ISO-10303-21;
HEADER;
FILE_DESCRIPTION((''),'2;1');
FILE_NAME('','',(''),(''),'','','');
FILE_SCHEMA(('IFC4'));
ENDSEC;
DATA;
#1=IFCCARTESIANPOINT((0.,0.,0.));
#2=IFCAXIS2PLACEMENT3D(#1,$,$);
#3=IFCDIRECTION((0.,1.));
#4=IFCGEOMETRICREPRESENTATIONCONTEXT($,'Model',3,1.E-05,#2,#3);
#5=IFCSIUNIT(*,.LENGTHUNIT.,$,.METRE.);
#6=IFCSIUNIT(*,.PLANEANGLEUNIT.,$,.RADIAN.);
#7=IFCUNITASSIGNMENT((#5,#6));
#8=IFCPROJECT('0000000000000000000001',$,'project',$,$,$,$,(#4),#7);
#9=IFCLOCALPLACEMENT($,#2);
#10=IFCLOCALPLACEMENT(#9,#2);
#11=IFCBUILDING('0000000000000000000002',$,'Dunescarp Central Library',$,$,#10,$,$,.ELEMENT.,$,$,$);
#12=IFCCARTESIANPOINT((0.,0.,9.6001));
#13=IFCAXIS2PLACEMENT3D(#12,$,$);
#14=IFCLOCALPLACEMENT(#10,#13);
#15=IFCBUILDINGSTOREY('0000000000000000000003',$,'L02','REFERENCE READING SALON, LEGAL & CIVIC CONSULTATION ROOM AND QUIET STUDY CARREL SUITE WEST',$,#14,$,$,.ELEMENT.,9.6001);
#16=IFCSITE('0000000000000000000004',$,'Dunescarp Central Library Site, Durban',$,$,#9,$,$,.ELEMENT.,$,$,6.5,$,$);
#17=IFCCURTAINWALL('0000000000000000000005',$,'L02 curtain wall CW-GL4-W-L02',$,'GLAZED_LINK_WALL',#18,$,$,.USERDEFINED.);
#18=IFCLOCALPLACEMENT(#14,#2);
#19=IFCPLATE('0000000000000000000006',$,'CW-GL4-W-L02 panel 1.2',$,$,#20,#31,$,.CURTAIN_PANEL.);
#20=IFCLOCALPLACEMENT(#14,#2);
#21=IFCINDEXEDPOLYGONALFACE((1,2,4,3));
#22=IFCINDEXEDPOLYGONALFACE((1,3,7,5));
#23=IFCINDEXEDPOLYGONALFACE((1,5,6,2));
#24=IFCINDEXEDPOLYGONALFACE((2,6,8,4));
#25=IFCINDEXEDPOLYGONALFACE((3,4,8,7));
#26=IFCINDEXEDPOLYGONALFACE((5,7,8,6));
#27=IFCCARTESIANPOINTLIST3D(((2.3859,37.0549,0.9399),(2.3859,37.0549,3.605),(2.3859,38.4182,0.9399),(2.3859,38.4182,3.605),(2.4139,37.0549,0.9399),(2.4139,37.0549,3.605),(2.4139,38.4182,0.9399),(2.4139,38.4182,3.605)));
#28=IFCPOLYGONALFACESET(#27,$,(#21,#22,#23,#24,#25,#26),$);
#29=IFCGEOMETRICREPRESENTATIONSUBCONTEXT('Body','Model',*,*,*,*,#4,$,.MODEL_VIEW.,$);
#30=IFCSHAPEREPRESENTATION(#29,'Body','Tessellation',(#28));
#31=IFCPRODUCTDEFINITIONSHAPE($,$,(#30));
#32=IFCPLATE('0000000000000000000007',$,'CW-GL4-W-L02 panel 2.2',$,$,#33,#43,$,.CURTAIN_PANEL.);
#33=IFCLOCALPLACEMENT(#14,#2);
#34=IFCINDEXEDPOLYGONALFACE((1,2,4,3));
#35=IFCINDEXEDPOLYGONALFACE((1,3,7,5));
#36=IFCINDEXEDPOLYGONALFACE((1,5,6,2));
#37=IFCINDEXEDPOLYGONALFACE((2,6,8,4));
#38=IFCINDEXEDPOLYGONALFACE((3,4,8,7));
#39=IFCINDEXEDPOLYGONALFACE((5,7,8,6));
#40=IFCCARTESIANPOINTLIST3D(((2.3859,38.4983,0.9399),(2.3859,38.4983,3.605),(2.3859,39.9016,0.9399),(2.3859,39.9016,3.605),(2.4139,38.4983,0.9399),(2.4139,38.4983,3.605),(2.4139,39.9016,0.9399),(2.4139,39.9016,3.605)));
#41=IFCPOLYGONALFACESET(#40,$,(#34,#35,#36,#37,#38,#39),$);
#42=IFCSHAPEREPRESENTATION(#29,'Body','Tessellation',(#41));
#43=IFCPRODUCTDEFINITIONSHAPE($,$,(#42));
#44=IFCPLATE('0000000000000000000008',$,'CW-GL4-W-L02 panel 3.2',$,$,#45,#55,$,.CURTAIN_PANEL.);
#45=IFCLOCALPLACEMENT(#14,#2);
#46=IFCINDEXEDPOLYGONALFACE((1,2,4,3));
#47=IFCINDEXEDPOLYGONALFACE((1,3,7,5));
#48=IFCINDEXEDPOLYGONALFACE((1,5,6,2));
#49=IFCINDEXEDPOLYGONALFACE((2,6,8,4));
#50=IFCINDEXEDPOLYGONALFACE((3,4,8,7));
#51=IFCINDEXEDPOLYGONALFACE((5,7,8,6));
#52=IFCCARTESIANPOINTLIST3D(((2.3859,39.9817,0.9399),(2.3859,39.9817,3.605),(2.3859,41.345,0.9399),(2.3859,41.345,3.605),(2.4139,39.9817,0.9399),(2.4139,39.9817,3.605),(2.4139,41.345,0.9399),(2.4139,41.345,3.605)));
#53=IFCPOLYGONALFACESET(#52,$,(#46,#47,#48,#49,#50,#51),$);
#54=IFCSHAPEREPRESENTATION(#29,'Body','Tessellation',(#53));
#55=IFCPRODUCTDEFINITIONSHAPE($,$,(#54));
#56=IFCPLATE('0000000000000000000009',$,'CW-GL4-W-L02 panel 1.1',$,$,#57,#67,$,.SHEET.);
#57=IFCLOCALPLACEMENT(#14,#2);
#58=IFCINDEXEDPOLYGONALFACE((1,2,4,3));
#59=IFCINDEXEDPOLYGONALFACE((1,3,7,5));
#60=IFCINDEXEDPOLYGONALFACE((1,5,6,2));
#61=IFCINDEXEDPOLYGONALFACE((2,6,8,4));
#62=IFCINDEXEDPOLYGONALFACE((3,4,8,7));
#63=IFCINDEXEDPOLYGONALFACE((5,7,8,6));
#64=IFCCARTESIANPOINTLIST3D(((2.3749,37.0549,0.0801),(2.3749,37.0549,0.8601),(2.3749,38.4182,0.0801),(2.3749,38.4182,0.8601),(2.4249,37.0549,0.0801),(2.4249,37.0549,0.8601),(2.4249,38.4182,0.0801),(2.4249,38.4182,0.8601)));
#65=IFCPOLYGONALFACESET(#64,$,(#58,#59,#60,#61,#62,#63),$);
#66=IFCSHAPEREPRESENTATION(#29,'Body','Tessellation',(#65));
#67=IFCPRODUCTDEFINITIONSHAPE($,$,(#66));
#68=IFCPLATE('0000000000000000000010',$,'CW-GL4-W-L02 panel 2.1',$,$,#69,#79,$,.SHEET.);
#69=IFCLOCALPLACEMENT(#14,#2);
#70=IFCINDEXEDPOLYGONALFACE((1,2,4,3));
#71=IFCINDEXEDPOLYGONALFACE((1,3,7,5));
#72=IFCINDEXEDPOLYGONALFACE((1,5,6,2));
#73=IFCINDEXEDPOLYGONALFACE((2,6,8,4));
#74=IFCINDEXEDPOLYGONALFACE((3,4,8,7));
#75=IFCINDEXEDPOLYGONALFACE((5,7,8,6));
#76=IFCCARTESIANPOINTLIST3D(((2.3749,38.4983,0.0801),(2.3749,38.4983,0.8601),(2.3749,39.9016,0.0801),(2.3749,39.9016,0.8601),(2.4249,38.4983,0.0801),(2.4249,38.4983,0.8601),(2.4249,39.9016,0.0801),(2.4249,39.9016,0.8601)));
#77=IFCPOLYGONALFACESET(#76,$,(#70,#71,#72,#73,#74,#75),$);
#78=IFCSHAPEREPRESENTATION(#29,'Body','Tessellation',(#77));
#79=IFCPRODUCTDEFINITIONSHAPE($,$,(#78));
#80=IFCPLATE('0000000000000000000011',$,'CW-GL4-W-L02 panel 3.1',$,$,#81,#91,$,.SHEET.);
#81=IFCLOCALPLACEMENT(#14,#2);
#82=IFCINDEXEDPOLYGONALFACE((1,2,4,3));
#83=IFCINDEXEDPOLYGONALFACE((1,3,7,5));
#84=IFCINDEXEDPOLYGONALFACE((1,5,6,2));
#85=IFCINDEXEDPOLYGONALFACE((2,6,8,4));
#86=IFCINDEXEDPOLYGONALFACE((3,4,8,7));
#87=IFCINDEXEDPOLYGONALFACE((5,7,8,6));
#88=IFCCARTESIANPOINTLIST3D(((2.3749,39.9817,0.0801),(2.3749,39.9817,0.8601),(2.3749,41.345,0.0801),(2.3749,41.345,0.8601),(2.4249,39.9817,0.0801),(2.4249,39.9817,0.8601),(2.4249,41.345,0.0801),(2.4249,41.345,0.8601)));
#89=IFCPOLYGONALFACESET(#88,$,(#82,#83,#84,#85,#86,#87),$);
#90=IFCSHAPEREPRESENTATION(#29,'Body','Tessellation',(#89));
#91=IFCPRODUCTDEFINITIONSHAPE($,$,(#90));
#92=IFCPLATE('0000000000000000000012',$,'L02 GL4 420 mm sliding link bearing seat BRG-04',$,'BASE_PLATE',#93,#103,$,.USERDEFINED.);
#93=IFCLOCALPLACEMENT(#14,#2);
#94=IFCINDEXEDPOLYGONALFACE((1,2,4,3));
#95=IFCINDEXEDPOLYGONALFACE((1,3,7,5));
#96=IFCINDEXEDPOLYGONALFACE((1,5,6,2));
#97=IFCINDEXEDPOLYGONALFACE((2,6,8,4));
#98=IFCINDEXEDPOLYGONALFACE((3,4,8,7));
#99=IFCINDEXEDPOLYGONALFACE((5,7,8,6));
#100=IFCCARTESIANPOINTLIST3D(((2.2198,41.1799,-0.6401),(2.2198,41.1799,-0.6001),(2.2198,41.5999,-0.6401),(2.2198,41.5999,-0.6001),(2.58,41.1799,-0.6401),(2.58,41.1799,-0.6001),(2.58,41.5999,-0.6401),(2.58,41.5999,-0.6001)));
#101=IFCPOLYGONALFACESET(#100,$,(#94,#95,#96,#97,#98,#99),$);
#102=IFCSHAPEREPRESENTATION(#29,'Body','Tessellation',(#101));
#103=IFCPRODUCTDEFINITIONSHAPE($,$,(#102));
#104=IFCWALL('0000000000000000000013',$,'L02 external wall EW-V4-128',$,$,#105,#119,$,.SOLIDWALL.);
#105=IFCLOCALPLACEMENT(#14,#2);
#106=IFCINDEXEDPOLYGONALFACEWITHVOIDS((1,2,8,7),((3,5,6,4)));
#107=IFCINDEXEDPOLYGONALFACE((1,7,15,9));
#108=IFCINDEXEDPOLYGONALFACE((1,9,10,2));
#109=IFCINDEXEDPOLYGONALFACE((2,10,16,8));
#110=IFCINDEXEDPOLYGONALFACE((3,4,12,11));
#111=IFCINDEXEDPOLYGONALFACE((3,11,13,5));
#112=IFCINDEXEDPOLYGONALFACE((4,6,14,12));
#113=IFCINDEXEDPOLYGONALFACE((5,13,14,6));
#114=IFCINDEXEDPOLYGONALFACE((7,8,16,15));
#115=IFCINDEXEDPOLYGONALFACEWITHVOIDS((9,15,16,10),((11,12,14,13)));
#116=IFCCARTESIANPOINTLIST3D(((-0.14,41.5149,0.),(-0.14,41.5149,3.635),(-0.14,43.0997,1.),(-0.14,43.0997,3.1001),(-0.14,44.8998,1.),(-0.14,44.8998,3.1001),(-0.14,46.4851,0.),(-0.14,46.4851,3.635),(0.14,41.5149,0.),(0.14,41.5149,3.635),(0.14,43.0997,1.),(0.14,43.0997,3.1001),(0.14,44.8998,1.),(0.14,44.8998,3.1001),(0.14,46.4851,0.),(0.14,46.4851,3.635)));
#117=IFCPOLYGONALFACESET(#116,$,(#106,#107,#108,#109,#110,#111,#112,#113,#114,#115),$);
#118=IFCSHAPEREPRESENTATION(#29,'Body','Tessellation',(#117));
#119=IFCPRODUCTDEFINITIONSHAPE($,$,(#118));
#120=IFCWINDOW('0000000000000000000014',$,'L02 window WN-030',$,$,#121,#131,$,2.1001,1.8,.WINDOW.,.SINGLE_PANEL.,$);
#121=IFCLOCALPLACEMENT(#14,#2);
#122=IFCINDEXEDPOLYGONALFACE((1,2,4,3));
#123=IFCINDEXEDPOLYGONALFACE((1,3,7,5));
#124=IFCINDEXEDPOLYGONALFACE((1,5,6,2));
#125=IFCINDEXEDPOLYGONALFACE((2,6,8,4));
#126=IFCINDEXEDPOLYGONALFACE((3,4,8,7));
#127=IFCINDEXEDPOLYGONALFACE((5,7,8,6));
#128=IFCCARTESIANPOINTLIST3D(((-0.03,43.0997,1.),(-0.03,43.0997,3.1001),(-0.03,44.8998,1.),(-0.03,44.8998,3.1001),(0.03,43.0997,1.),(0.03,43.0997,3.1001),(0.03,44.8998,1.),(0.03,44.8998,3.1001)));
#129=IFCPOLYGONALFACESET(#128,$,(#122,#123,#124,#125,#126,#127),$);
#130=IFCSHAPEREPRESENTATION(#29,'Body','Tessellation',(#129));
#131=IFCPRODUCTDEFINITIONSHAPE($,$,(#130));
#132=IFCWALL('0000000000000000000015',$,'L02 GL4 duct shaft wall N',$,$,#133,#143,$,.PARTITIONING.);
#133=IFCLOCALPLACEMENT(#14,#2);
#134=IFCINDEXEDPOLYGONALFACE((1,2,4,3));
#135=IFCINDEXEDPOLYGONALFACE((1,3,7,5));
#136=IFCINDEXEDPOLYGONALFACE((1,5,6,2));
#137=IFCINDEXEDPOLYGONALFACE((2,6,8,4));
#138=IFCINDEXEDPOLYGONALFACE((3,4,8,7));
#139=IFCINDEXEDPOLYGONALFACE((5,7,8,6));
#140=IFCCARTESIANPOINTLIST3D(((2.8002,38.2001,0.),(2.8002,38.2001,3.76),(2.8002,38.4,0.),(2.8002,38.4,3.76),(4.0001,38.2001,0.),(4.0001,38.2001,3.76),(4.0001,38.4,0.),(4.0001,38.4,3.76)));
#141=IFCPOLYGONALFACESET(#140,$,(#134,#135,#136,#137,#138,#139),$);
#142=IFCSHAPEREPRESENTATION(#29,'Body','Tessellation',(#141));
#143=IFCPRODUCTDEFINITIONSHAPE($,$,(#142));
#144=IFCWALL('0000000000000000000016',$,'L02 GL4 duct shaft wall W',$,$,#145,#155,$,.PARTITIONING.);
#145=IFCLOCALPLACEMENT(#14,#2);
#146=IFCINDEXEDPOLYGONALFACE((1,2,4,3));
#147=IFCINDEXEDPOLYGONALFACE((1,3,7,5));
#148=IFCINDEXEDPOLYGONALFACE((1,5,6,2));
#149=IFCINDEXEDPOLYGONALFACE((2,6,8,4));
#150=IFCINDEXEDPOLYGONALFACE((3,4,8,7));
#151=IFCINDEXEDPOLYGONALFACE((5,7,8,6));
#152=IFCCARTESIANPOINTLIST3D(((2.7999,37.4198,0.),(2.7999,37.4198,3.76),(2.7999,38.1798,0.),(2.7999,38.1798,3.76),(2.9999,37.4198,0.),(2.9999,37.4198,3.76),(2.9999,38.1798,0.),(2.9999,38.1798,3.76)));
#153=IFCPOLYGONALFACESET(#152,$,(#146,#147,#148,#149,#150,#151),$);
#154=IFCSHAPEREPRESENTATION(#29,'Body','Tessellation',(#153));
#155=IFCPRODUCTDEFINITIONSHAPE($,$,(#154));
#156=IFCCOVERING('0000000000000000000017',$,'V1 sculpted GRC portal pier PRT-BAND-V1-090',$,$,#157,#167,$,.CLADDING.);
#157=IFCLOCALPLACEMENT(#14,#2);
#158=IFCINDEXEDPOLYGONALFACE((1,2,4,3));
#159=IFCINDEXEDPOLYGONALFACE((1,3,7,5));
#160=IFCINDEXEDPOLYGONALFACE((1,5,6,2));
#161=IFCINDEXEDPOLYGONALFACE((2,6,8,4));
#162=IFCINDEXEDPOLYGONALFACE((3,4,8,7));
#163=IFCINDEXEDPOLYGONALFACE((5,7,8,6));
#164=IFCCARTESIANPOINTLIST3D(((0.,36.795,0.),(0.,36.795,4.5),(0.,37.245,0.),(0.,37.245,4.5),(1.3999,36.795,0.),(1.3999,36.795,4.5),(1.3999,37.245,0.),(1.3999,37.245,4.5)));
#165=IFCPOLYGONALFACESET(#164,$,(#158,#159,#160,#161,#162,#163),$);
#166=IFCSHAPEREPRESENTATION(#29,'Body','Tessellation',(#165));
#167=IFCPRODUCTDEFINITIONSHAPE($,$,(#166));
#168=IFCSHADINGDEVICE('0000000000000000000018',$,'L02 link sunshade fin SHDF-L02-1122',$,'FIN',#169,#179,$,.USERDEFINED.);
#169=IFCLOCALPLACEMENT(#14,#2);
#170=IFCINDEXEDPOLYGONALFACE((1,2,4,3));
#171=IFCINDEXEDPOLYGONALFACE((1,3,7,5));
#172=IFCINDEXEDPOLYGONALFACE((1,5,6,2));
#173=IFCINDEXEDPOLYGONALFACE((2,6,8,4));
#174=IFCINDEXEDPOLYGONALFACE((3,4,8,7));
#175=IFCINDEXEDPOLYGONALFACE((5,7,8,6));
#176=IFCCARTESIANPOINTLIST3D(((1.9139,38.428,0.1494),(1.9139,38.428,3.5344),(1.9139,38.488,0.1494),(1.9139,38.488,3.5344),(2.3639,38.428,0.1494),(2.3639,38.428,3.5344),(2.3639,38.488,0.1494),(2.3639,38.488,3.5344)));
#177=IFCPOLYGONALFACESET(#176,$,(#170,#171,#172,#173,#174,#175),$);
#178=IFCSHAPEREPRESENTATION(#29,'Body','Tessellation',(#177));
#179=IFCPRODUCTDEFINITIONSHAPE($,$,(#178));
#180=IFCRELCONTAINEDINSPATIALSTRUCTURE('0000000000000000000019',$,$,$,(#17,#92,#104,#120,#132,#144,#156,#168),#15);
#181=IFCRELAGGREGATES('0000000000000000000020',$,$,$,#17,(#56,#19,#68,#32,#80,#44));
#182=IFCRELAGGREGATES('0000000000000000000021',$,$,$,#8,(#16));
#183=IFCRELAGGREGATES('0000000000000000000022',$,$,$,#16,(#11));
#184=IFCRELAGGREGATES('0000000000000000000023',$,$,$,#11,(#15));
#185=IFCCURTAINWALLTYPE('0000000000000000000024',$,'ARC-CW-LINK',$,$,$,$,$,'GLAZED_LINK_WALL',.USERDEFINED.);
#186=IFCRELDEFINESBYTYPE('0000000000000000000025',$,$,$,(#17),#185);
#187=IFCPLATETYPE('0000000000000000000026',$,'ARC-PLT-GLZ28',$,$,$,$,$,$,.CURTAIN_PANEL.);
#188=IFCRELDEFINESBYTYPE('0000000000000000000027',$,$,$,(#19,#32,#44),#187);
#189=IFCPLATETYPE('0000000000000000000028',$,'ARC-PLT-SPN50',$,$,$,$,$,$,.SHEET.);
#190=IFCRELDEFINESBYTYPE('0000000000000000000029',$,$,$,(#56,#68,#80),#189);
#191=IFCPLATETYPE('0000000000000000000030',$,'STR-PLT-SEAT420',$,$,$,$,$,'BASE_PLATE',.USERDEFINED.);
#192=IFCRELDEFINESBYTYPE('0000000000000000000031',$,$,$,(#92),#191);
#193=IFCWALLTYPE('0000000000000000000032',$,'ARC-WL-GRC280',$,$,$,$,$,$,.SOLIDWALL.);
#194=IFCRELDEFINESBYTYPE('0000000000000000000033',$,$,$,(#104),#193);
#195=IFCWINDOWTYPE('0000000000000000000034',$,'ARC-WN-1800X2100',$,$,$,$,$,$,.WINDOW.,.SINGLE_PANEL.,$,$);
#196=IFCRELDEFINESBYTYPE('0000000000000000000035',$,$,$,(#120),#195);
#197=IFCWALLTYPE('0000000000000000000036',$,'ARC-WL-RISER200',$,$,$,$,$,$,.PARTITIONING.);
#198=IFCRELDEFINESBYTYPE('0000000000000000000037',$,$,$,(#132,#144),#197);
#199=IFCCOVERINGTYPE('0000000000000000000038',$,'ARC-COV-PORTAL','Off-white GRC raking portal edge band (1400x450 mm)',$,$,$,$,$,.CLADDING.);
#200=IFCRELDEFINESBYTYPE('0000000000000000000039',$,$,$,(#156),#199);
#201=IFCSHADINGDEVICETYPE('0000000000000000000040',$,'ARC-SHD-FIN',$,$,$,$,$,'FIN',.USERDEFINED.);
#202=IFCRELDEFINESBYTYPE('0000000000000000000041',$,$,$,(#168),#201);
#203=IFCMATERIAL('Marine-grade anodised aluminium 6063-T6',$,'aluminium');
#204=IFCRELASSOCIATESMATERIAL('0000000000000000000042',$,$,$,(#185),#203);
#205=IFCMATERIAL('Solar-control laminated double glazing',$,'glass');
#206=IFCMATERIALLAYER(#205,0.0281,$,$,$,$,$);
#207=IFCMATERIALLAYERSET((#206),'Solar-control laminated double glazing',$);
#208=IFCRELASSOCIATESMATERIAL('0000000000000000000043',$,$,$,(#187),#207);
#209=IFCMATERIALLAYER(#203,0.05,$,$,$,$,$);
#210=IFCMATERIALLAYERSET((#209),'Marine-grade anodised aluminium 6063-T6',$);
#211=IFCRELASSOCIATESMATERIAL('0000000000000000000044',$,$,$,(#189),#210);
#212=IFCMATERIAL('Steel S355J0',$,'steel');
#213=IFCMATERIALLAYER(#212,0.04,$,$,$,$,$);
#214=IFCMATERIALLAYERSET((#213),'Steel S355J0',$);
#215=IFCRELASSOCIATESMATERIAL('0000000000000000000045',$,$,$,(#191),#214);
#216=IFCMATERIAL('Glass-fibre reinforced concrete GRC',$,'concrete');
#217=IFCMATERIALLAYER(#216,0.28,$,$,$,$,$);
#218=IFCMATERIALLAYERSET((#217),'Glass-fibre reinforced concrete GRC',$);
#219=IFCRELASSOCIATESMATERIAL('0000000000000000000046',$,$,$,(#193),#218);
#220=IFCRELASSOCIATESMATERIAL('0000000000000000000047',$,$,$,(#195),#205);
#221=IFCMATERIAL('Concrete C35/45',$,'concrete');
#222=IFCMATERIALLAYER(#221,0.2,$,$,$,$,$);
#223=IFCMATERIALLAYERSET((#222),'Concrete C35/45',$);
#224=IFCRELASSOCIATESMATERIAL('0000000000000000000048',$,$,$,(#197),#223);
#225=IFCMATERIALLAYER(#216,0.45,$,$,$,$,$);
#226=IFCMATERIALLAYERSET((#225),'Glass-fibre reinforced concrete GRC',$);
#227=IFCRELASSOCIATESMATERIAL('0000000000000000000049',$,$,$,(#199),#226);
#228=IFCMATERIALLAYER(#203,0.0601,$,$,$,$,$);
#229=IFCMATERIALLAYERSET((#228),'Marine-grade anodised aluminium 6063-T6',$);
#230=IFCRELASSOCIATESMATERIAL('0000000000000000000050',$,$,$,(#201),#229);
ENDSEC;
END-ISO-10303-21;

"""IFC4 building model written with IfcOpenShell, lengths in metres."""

from ifc_helpers import new_model, si_unit, direction, frame, frame_2d, origin, origin_2d, place, context, subcontext, project, spatial, rectangle, extrude, material, layer, layer_set, type_object, element, fill, aggregate, save


model = new_model("IFC4")

# Units and contexts
model_context = context("Model", 3, precision=1e-05, world=origin(), true_north=direction((0.0, 1.0)))
body_context = subcontext(model_context, "Body", "Model", "MODEL_VIEW")
ifc_project = project(units=[si_unit("LENGTHUNIT", "METRE"), si_unit("PLANEANGLEUNIT", "RADIAN")], contexts=[model_context])

# Site, building, storey
site_placement = place(None, origin())
site = spatial("IfcSite", under=ifc_project, at=site_placement, Name="Dunescarp Central Library Site, Durban", CompositionType="ELEMENT", RefElevation=6.5)
building_placement = place(site_placement, origin())
building = spatial("IfcBuilding", under=site, at=building_placement, Name="Dunescarp Central Library", CompositionType="ELEMENT")
storey_placement = place(building_placement, frame((0.0, 0.0, 9.6001)))
storey = spatial("IfcBuildingStorey", under=building, at=storey_placement, Name="L02", Description="REFERENCE READING SALON, LEGAL & CIVIC CONSULTATION ROOM AND QUIET STUDY CARREL SUITE WEST", CompositionType="ELEMENT", Elevation=9.6001)

# Curtain wall
ifc_material_1 = material(Name="Marine-grade anodised aluminium 6063-T6", Category="aluminium")
curtain_wall_type = type_object("IfcCurtainWallType", Name="ARC-CW-LINK", ElementType="GLAZED_LINK_WALL", PredefinedType="USERDEFINED", material=ifc_material_1)
curtain_wall_placement = place(storey_placement, origin())
curtain_wall = element("IfcCurtainWall", 1, at=curtain_wall_placement, inside=storey, type_object=curtain_wall_type, Name="L02 curtain wall CW-GL4-W-L02", ObjectType="GLAZED_LINK_WALL", PredefinedType="USERDEFINED")

# Plates
ifc_material_2 = material(Name="Solar-control laminated double glazing", Category="glass")
ifc_layer_1 = layer(ifc_material_2, 0.0281)
ifc_layer_set_1 = layer_set([ifc_layer_1], Name="Solar-control laminated double glazing")
plate_type_1 = type_object("IfcPlateType", Name="ARC-PLT-GLZ28", PredefinedType="CURTAIN_PANEL", material=ifc_layer_set_1)
plate_1_placement = place(storey_placement, frame((2.3999, 37.7366, 0.9399), z_axis=(0.0, 0.0, 1.0), x_axis=(0.0, 1.0, 0.0)))
plate_1 = element("IfcPlate", 2, at=plate_1_placement, type_object=plate_type_1, Name="CW-GL4-W-L02 panel 1.2", PredefinedType="CURTAIN_PANEL", context=body_context, shape_type="SweptSolid", body=[
    extrude(rectangle(XDim=1.3633, YDim=0.0281, at=origin_2d()), origin(), (0.0, 0.0, 1.0), 2.665),
])
plate_2_placement = place(storey_placement, frame((2.3999, 39.2, 0.9399), z_axis=(0.0, 0.0, 1.0), x_axis=(0.0, 1.0, 0.0)))
plate_2 = element("IfcPlate", 3, at=plate_2_placement, type_object=plate_type_1, Name="CW-GL4-W-L02 panel 2.2", PredefinedType="CURTAIN_PANEL", context=body_context, shape_type="SweptSolid", body=[
    extrude(rectangle(XDim=1.4033, YDim=0.0281, at=origin_2d()), origin(), (0.0, 0.0, 1.0), 2.665),
])
plate_3_placement = place(storey_placement, frame((2.3999, 40.6633, 0.9399), z_axis=(0.0, 0.0, 1.0), x_axis=(0.0, 1.0, 0.0)))
plate_3 = element("IfcPlate", 4, at=plate_3_placement, type_object=plate_type_1, Name="CW-GL4-W-L02 panel 3.2", PredefinedType="CURTAIN_PANEL", context=body_context, shape_type="SweptSolid", body=[
    extrude(rectangle(XDim=1.3633, YDim=0.0281, at=origin_2d()), origin(), (0.0, 0.0, 1.0), 2.665),
])
ifc_layer_2 = layer(ifc_material_1, 0.05)
ifc_layer_set_2 = layer_set([ifc_layer_2], Name="Marine-grade anodised aluminium 6063-T6")
plate_type_2 = type_object("IfcPlateType", Name="ARC-PLT-SPN50", PredefinedType="SHEET", material=ifc_layer_set_2)
plate_4_placement = place(storey_placement, frame((2.3999, 37.7366, 0.0801), z_axis=(0.0, 0.0, 1.0), x_axis=(0.0, 1.0, 0.0)))
plate_4 = element("IfcPlate", 5, at=plate_4_placement, type_object=plate_type_2, Name="CW-GL4-W-L02 panel 1.1", PredefinedType="SHEET", context=body_context, shape_type="SweptSolid", body=[
    extrude(rectangle(XDim=1.3633, YDim=0.05, at=origin_2d()), origin(), (0.0, 0.0, 1.0), 0.78),
])
plate_5_placement = place(storey_placement, frame((2.3999, 39.2, 0.0801), z_axis=(0.0, 0.0, 1.0), x_axis=(0.0, 1.0, 0.0)))
plate_5 = element("IfcPlate", 6, at=plate_5_placement, type_object=plate_type_2, Name="CW-GL4-W-L02 panel 2.1", PredefinedType="SHEET", context=body_context, shape_type="SweptSolid", body=[
    extrude(rectangle(XDim=1.4033, YDim=0.05, at=origin_2d()), origin(), (0.0, 0.0, 1.0), 0.78),
])
plate_6_placement = place(storey_placement, frame((2.3999, 40.6633, 0.0801), z_axis=(0.0, 0.0, 1.0), x_axis=(0.0, 1.0, 0.0)))
plate_6 = element("IfcPlate", 7, at=plate_6_placement, type_object=plate_type_2, Name="CW-GL4-W-L02 panel 3.1", PredefinedType="SHEET", context=body_context, shape_type="SweptSolid", body=[
    extrude(rectangle(XDim=1.3633, YDim=0.05, at=origin_2d()), origin(), (0.0, 0.0, 1.0), 0.78),
])
aggregate(curtain_wall, [plate_4, plate_1, plate_5, plate_2, plate_6, plate_3])
ifc_material_3 = material(Name="Steel S355J0", Category="steel")
ifc_layer_3 = layer(ifc_material_3, 0.04)
ifc_layer_set_3 = layer_set([ifc_layer_3], Name="Steel S355J0")
plate_type_3 = type_object("IfcPlateType", Name="STR-PLT-SEAT420", ElementType="BASE_PLATE", PredefinedType="USERDEFINED", material=ifc_layer_set_3)
plate_7_placement = place(storey_placement, frame((2.3999, 41.3899, -0.6401), z_axis=(0.0, 0.0, 1.0), x_axis=(0.0, 1.0, 0.0)))
element("IfcPlate", 8, at=plate_7_placement, inside=storey, type_object=plate_type_3, Name="L02 GL4 420 mm sliding link bearing seat BRG-04", ObjectType="BASE_PLATE", PredefinedType="USERDEFINED", context=body_context, shape_type="SweptSolid", body=[
    extrude(rectangle(XDim=0.4199, YDim=0.3601, at=origin_2d()), origin(), (0.0, 0.0, 1.0), 0.04),
])

# Wall, opening, window
ifc_material_4 = material(Name="Glass-fibre reinforced concrete GRC", Category="concrete")
ifc_layer_4 = layer(ifc_material_4, 0.28)
ifc_layer_set_4 = layer_set([ifc_layer_4], Name="Glass-fibre reinforced concrete GRC")
wall_type_1 = type_object("IfcWallType", Name="ARC-WL-GRC280", PredefinedType="SOLIDWALL", material=ifc_layer_set_4)
wall_1_placement = place(storey_placement, frame((0.0, 41.5149, 0.0), z_axis=(0.0, 0.0, 1.0), x_axis=(0.0, 1.0, 0.0)))
wall_1 = element("IfcWall", 9, at=wall_1_placement, inside=storey, type_object=wall_type_1, Name="L02 external wall EW-V4-128", PredefinedType="SOLIDWALL", context=body_context, shape_type="SweptSolid", body=[
    extrude(rectangle(XDim=4.9702, YDim=0.28, at=frame_2d((2.4851, 0.0))), origin(), (0.0, 0.0, 1.0), 3.635),
])
opening_placement = place(wall_1_placement, frame((1.585, 0.0, 1.0)))
opening = element("IfcOpeningElement", 10, at=opening_placement, cuts=wall_1, PredefinedType="OPENING", context=body_context, shape_type="SweptSolid", body=[
    extrude(rectangle(XDim=1.8, YDim=2.1001, at=frame_2d((0.8999, 1.05))), frame((0.0, 0.1499, 0.0), z_axis=(0.0, -1.0, 0.0), x_axis=(1.0, 0.0, 0.0)), (0.0, 0.0, 1.0), 0.3),
])
window_type = type_object("IfcWindowType", Name="ARC-WN-1800X2100", PartitioningType="SINGLE_PANEL", PredefinedType="WINDOW", material=ifc_material_2)
window_placement = place(opening_placement, origin())
window = element("IfcWindow", 11, at=window_placement, inside=storey, type_object=window_type, Name="L02 window WN-030", OverallHeight=2.1001, OverallWidth=1.8, PartitioningType="SINGLE_PANEL", PredefinedType="WINDOW", context=body_context, shape_type="SweptSolid", body=[
    extrude(rectangle(XDim=1.8, YDim=2.1001, at=frame_2d((0.8999, 1.05))), frame((0.0, 0.03, 0.0), z_axis=(0.0, -1.0, 0.0), x_axis=(1.0, 0.0, 0.0)), (0.0, 0.0, 1.0), 0.0601),
])
fill(opening, window)

# Walls
ifc_material_5 = material(Name="Concrete C35/45", Category="concrete")
ifc_layer_5 = layer(ifc_material_5, 0.2)
ifc_layer_set_5 = layer_set([ifc_layer_5], Name="Concrete C35/45")
wall_type_2 = type_object("IfcWallType", Name="ARC-WL-RISER200", PredefinedType="PARTITIONING", material=ifc_layer_set_5)
wall_2_placement = place(storey_placement, frame((2.8, 38.3, 0.0), z_axis=(0.0, 0.0, 1.0), x_axis=(1.0, 0.0, 0.0)))
element("IfcWall", 12, at=wall_2_placement, inside=storey, type_object=wall_type_2, Name="L02 GL4 duct shaft wall N", PredefinedType="PARTITIONING", context=body_context, shape_type="SweptSolid", body=[
    extrude(rectangle(XDim=1.2, YDim=0.2, at=frame_2d((0.6001, 0.0))), origin(), (0.0, 0.0, 1.0), 3.76),
])
wall_3_placement = place(storey_placement, frame((2.8999, 37.4199, 0.0), z_axis=(0.0, 0.0, 1.0), x_axis=(0.0, 1.0, 0.0)))
element("IfcWall", 13, at=wall_3_placement, inside=storey, type_object=wall_type_2, Name="L02 GL4 duct shaft wall W", PredefinedType="PARTITIONING", context=body_context, shape_type="SweptSolid", body=[
    extrude(rectangle(XDim=0.76, YDim=0.2, at=frame_2d((0.3799, 0.0))), origin(), (0.0, 0.0, 1.0), 3.76),
])

# Covering
ifc_layer_6 = layer(ifc_material_4, 0.45)
ifc_layer_set_6 = layer_set([ifc_layer_6], Name="Glass-fibre reinforced concrete GRC")
covering_type = type_object("IfcCoveringType", Name="ARC-COV-PORTAL", Description="Off-white GRC raking portal edge band (1400x450 mm)", PredefinedType="CLADDING", material=ifc_layer_set_6)
covering_placement = place(storey_placement, frame((0.7, 37.02, 0.0), z_axis=(0.0, 0.0, 1.0), x_axis=(1.0, 0.0, 0.0)))
element("IfcCovering", 14, at=covering_placement, inside=storey, type_object=covering_type, Name="V1 sculpted GRC portal pier PRT-BAND-V1-090", PredefinedType="CLADDING", context=body_context, shape_type="SweptSolid", body=[
    extrude(rectangle(XDim=1.3999, YDim=0.45, at=origin_2d()), origin(), (0.0, 0.0, 1.0), 4.5),
])

# Shading device
ifc_layer_7 = layer(ifc_material_1, 0.0601)
ifc_layer_set_7 = layer_set([ifc_layer_7], Name="Marine-grade anodised aluminium 6063-T6")
shading_device_type = type_object("IfcShadingDeviceType", Name="ARC-SHD-FIN", ElementType="FIN", PredefinedType="USERDEFINED", material=ifc_layer_set_7)
for number, where, z_axis, x_axis, name in (
    (15, (2.1389, 38.458, 0.1494), (0.0, 0.0, 1.0), (-1.0, 0.0, 0.0), "L02 link sunshade fin SHDF-L02-1122"),
):
    element("IfcShadingDevice", number, at=place(storey_placement, frame(where, z_axis=z_axis, x_axis=x_axis)), inside=storey, type_object=shading_device_type, Name=name, ObjectType="FIN", PredefinedType="USERDEFINED", context=body_context, shape_type="SweptSolid", body=[
        extrude(rectangle(XDim=0.45, YDim=0.0601, at=origin_2d()), origin(), (0.0, 0.0, 1.0), 3.385),
    ])

save(model, "model.ifc")
